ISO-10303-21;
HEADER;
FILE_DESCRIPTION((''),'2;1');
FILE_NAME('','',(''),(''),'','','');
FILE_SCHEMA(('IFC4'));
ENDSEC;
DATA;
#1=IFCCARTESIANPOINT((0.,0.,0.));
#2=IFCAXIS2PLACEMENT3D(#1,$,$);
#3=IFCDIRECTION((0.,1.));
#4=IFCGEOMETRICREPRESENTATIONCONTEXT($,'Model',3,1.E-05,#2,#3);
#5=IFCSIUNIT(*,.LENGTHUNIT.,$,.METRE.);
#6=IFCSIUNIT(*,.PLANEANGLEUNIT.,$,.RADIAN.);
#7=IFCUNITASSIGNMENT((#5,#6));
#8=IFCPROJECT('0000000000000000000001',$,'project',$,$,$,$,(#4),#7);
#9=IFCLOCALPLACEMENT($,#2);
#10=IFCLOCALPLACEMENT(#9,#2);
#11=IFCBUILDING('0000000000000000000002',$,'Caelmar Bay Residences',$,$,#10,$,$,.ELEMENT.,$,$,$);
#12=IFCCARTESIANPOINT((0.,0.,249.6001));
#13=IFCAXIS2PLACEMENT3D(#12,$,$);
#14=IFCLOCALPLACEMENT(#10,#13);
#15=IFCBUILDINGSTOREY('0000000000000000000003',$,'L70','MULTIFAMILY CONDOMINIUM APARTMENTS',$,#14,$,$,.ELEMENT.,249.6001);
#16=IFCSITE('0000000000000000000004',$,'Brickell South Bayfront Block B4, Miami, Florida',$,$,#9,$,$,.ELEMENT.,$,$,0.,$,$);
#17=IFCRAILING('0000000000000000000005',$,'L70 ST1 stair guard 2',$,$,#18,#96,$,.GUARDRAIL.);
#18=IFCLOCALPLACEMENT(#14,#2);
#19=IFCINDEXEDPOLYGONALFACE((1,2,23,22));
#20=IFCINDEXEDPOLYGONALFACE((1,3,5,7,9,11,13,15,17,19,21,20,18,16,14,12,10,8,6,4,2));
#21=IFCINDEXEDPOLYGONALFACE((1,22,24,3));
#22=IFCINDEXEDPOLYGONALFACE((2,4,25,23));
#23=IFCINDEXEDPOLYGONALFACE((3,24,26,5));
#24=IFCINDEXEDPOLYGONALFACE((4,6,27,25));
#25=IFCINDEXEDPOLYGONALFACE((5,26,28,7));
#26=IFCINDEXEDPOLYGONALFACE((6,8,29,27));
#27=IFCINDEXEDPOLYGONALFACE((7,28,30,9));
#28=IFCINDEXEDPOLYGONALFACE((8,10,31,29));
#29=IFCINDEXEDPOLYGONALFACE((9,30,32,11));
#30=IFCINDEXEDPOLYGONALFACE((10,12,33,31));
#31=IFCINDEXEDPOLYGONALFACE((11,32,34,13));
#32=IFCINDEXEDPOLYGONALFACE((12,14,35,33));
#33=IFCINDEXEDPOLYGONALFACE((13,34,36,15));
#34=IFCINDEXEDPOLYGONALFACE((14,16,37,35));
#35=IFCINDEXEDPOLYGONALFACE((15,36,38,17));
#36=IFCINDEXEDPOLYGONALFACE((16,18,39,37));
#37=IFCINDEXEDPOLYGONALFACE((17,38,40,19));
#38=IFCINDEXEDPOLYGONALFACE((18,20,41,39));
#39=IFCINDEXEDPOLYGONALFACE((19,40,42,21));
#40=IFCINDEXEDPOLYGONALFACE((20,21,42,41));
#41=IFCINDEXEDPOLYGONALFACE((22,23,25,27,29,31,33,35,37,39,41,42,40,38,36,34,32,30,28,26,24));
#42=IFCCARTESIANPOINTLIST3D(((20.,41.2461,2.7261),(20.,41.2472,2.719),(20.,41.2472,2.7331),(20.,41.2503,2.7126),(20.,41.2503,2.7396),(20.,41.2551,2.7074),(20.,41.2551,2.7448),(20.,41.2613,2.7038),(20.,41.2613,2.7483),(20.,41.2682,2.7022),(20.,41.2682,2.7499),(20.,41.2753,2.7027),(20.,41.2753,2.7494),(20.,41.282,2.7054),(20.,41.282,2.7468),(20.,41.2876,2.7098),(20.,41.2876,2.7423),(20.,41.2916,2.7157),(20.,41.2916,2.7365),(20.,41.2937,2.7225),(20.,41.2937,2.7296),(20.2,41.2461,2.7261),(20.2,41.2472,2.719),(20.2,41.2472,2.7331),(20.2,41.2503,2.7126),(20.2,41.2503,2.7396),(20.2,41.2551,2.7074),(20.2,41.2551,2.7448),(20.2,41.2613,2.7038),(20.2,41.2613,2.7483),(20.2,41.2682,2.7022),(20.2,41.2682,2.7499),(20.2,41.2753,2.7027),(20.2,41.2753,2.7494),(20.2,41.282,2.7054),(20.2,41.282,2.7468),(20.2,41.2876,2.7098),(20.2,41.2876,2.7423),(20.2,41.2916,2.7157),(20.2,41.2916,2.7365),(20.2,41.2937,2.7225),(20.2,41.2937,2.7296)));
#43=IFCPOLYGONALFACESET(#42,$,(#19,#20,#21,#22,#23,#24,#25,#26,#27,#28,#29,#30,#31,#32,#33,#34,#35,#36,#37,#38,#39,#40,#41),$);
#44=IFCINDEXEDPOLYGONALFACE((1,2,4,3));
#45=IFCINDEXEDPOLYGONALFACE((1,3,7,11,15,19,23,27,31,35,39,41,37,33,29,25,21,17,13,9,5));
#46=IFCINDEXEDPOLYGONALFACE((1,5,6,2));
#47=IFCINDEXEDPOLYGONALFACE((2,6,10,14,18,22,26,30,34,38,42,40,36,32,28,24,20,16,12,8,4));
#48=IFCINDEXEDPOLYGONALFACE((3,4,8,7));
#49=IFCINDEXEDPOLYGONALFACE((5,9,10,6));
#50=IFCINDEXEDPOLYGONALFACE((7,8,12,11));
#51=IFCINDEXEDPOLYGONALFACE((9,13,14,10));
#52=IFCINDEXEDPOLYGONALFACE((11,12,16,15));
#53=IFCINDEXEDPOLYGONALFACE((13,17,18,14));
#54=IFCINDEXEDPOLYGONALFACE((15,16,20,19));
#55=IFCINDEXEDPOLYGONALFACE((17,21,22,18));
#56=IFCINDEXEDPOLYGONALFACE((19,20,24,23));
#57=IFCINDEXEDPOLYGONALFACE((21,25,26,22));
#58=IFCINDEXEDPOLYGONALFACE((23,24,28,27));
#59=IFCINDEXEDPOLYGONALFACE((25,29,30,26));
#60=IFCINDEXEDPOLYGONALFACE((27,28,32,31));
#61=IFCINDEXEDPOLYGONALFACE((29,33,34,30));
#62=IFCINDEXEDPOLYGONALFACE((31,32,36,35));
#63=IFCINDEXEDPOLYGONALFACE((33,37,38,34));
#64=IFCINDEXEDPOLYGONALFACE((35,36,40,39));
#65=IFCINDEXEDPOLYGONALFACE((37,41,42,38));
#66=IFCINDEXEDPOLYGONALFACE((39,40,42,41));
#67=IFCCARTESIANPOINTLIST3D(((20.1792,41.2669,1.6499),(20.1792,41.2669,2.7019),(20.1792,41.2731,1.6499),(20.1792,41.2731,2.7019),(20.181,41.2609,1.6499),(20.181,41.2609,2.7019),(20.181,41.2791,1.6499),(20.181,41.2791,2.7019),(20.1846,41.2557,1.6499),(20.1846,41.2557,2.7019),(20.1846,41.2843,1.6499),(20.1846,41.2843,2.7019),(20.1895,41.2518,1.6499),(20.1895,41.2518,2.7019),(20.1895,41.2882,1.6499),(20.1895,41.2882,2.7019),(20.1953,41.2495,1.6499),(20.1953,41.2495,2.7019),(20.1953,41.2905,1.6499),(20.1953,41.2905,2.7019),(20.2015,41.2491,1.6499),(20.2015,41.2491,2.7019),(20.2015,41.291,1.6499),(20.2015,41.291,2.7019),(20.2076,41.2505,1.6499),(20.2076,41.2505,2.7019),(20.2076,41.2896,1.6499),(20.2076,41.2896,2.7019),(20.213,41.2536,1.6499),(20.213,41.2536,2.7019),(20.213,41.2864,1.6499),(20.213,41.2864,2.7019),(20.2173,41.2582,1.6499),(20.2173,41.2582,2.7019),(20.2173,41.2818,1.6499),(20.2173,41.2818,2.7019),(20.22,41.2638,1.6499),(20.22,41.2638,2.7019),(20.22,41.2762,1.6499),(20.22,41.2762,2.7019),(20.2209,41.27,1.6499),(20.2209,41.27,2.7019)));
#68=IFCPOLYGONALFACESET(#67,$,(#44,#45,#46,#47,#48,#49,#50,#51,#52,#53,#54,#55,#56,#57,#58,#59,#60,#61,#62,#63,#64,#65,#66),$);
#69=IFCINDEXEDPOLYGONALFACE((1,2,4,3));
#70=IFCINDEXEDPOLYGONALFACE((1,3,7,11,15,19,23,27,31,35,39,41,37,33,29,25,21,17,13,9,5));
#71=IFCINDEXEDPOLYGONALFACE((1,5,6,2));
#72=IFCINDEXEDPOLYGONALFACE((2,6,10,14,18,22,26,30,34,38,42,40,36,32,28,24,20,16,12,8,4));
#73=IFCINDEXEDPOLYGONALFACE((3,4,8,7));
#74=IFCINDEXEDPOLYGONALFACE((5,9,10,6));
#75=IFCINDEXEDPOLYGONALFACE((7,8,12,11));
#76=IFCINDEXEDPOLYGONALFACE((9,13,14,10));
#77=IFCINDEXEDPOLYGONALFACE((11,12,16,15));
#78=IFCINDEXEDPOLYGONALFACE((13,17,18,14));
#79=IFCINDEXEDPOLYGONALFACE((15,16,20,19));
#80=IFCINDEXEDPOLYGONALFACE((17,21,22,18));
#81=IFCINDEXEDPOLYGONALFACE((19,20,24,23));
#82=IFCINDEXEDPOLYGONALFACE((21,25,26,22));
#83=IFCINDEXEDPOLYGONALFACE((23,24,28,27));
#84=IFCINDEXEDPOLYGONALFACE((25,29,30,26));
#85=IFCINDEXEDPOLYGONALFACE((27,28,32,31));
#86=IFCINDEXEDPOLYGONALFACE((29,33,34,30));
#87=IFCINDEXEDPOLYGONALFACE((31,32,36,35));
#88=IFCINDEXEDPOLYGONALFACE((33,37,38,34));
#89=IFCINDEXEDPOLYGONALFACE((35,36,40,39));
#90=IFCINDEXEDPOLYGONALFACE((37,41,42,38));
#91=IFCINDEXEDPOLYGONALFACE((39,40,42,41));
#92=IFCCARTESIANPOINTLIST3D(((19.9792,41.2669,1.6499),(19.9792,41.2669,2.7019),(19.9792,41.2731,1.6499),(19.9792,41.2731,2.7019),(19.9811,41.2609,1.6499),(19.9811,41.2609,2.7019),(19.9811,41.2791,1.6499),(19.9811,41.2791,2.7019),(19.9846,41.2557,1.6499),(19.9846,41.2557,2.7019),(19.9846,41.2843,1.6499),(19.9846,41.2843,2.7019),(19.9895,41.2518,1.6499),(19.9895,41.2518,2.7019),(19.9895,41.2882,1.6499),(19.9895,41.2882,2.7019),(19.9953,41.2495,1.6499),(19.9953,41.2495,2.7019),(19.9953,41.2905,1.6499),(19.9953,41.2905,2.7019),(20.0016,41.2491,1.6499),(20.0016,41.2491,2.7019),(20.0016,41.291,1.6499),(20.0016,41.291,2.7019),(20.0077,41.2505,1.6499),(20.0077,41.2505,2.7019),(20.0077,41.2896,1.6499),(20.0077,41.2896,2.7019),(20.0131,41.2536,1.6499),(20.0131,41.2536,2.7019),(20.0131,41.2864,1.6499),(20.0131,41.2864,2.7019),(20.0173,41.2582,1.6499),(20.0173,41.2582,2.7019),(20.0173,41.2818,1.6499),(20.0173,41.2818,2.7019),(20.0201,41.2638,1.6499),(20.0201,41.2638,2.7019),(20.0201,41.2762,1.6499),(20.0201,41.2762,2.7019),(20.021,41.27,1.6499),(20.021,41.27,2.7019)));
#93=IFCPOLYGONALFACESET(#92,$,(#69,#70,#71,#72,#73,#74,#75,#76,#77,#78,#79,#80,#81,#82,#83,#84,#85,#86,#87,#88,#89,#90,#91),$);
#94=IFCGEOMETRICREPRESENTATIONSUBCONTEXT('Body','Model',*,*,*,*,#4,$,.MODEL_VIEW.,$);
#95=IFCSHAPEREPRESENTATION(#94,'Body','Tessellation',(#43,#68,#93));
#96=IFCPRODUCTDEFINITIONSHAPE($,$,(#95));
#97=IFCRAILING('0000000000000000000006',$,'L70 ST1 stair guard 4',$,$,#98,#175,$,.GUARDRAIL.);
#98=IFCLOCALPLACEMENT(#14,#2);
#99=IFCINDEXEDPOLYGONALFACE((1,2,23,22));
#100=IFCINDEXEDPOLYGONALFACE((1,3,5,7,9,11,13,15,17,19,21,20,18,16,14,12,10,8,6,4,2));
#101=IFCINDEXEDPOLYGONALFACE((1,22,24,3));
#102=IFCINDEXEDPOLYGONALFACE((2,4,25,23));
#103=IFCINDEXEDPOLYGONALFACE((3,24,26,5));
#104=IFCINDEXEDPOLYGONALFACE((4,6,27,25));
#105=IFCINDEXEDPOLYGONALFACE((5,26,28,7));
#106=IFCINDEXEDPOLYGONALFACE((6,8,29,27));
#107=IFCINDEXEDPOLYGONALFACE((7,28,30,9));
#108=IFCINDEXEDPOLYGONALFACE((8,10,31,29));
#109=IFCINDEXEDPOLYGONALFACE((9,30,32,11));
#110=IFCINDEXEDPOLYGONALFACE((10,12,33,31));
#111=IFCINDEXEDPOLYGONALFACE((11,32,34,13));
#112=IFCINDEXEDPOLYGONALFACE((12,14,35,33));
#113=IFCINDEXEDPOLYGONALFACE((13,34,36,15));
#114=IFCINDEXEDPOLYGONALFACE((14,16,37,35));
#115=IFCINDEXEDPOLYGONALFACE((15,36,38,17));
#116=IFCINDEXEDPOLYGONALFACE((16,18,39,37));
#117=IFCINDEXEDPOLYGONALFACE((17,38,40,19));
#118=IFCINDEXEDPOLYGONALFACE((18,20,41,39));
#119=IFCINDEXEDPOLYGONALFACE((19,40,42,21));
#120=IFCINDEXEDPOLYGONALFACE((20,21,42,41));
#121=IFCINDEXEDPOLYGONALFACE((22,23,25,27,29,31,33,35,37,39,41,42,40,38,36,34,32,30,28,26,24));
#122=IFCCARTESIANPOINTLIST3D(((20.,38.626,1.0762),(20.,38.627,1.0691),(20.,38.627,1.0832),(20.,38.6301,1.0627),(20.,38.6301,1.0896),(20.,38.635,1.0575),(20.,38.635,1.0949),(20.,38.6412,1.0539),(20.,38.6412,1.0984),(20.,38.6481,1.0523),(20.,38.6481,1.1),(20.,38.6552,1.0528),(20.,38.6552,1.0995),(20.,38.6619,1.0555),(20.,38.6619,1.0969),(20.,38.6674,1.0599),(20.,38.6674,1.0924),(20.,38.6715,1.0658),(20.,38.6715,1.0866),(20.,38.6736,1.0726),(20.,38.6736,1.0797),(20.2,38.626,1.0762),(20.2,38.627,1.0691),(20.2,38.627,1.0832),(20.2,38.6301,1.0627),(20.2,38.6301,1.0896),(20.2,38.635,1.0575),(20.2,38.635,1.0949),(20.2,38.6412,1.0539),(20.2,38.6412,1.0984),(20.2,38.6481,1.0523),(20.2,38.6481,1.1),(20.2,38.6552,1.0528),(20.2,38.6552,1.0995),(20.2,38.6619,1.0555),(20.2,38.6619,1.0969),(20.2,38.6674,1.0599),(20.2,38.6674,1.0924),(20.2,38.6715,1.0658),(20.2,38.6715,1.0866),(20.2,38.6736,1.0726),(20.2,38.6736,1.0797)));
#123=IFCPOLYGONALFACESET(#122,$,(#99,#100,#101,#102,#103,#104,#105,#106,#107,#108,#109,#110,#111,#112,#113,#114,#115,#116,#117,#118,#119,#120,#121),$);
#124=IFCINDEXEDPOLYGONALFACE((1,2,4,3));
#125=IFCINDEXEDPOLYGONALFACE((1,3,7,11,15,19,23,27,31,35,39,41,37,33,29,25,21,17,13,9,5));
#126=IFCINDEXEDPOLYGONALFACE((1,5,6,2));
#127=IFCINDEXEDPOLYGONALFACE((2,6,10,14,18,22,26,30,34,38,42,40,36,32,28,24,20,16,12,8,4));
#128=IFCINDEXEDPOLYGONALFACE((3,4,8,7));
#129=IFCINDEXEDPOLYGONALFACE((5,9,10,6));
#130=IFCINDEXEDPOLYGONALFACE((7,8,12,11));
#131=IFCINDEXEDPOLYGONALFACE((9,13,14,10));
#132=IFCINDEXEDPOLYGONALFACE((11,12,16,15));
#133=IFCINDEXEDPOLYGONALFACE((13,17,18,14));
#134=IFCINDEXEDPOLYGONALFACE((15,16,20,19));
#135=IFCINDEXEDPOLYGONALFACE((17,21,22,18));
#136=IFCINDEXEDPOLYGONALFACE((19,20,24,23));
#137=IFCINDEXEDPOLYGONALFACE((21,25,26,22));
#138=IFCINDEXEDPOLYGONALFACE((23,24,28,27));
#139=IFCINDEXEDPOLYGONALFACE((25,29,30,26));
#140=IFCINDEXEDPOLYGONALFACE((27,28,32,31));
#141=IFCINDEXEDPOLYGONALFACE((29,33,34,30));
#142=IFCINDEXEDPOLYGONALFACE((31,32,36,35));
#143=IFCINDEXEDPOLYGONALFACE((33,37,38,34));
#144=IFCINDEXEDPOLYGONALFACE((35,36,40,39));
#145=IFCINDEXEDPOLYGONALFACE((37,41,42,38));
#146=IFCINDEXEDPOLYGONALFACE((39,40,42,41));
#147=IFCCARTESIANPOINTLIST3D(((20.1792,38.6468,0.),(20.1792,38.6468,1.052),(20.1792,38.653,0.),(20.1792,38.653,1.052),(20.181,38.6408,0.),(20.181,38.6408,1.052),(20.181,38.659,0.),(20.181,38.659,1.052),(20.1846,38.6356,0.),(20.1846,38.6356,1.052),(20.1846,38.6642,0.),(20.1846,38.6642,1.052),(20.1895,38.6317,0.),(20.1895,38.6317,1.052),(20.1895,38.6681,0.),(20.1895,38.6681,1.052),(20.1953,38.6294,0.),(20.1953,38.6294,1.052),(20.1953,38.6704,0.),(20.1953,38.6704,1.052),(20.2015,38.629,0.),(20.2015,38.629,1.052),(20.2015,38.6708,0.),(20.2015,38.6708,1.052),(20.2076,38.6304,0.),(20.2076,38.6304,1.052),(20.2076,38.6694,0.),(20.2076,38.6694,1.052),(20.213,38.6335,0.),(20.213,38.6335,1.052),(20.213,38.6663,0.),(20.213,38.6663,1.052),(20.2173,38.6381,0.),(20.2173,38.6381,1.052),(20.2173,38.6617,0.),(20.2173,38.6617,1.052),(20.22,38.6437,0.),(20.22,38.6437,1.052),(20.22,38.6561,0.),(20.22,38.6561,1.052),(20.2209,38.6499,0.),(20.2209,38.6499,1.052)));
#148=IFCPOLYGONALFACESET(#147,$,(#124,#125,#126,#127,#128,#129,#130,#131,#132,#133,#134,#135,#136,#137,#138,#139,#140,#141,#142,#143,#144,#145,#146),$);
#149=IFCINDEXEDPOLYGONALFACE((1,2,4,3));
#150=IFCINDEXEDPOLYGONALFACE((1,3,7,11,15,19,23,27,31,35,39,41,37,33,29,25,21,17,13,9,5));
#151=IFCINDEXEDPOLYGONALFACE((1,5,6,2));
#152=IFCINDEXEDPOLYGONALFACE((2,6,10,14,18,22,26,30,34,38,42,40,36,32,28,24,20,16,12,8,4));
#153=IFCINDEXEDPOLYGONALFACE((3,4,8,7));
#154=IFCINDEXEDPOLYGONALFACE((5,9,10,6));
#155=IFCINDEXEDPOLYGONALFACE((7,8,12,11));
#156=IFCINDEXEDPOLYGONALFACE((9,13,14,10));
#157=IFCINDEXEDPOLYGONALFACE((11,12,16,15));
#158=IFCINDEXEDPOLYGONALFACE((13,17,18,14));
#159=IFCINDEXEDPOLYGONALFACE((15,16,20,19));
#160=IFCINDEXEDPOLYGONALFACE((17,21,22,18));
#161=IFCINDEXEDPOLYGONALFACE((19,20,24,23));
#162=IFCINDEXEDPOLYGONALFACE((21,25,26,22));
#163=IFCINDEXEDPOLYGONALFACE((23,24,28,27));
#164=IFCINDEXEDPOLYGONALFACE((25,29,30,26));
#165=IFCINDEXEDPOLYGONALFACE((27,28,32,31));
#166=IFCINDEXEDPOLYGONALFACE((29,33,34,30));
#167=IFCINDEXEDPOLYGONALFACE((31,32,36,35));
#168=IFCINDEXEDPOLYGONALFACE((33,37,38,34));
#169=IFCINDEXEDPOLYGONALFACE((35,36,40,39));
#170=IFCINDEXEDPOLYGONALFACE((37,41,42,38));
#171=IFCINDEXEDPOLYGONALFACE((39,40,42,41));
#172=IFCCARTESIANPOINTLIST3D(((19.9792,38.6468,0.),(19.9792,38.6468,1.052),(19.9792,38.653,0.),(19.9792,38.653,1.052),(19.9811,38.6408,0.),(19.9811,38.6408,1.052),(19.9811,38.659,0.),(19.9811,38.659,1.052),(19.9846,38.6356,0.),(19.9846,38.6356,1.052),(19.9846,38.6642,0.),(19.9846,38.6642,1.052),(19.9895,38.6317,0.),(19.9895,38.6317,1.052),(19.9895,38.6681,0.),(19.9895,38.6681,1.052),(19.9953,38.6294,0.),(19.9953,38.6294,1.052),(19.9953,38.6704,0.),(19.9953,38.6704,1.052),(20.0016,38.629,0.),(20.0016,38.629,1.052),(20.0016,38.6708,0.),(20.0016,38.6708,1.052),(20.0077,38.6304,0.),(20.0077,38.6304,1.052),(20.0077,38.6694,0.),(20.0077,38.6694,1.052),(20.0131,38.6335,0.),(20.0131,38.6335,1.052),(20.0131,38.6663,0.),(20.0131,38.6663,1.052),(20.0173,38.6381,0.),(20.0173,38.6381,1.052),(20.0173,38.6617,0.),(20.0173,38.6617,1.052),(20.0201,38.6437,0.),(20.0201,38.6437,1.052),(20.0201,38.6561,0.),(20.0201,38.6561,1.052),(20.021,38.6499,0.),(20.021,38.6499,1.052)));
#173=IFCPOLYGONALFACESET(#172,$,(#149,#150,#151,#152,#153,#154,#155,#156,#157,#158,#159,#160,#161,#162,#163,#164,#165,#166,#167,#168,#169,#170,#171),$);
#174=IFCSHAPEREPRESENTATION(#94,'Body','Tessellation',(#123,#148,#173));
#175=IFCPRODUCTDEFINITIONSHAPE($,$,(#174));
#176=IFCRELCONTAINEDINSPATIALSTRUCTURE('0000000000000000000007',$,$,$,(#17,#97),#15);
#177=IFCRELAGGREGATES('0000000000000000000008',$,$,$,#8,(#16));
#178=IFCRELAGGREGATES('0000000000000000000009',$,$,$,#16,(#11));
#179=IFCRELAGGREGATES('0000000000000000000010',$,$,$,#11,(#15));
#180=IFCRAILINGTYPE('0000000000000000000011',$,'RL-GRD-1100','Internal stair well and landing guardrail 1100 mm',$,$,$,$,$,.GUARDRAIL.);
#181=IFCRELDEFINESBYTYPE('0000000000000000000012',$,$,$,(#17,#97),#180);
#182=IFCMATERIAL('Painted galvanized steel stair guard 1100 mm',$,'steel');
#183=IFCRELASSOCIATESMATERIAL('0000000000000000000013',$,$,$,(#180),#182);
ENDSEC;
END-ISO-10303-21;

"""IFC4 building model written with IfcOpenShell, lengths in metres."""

from ifc_helpers import new_model, si_unit, direction, frame, origin, origin_2d, place, context, subcontext, project, spatial, circle, extrude, material, type_object, element, save


model = new_model("IFC4")

# Units and contexts
model_context = context("Model", 3, precision=1e-05, world=origin(), true_north=direction((0.0, 1.0)))
body_context = subcontext(model_context, "Body", "Model", "MODEL_VIEW")
ifc_project = project(units=[si_unit("LENGTHUNIT", "METRE"), si_unit("PLANEANGLEUNIT", "RADIAN")], contexts=[model_context])

# Site, building, storey
site_placement = place(None, origin())
site = spatial("IfcSite", under=ifc_project, at=site_placement, Name="Brickell South Bayfront Block B4, Miami, Florida", CompositionType="ELEMENT", RefElevation=0.0)
building_placement = place(site_placement, origin())
building = spatial("IfcBuilding", under=site, at=building_placement, Name="Caelmar Bay Residences", CompositionType="ELEMENT")
storey_placement = place(building_placement, frame((0.0, 0.0, 249.6001)))
storey = spatial("IfcBuildingStorey", under=building, at=storey_placement, Name="L70", Description="MULTIFAMILY CONDOMINIUM APARTMENTS", CompositionType="ELEMENT", Elevation=249.6001)

# Railings
ifc_material_1 = material(Name="Painted galvanized steel stair guard 1100 mm", Category="steel")
railing_type_1 = type_object("IfcRailingType", Name="RL-GRD-1100", Description="Internal stair well and landing guardrail 1100 mm", PredefinedType="GUARDRAIL", material=ifc_material_1)
for number, where, name in (
    (1, (20.2, 41.27, 1.6499), "L70 ST1 stair guard 2"),
    (2, (20.2, 38.6499, 0.0), "L70 ST1 stair guard 4"),
):
    element("IfcRailing", number, at=place(storey_placement, frame(where)), inside=storey, type_object=railing_type_1, Name=name, PredefinedType="GUARDRAIL", context=body_context, shape_type="SweptSolid", body=[
        extrude(circle(Radius=0.0239, at=origin_2d()), frame((0.0, 0.0, 1.0762), z_axis=(-1.0, 0.0, 0.0), x_axis=(0.0, -1.0, 0.0)), (0.0, 0.0, 1.0), 0.2),
        extrude(circle(Radius=0.021, at=origin_2d()), origin(), (0.0, 0.0, 1.0), 1.052),
        extrude(circle(Radius=0.021, at=origin_2d()), frame((-0.2, 0.0, 0.0)), (0.0, 0.0, 1.0), 1.052),
    ])

save(model, "model.ifc")
